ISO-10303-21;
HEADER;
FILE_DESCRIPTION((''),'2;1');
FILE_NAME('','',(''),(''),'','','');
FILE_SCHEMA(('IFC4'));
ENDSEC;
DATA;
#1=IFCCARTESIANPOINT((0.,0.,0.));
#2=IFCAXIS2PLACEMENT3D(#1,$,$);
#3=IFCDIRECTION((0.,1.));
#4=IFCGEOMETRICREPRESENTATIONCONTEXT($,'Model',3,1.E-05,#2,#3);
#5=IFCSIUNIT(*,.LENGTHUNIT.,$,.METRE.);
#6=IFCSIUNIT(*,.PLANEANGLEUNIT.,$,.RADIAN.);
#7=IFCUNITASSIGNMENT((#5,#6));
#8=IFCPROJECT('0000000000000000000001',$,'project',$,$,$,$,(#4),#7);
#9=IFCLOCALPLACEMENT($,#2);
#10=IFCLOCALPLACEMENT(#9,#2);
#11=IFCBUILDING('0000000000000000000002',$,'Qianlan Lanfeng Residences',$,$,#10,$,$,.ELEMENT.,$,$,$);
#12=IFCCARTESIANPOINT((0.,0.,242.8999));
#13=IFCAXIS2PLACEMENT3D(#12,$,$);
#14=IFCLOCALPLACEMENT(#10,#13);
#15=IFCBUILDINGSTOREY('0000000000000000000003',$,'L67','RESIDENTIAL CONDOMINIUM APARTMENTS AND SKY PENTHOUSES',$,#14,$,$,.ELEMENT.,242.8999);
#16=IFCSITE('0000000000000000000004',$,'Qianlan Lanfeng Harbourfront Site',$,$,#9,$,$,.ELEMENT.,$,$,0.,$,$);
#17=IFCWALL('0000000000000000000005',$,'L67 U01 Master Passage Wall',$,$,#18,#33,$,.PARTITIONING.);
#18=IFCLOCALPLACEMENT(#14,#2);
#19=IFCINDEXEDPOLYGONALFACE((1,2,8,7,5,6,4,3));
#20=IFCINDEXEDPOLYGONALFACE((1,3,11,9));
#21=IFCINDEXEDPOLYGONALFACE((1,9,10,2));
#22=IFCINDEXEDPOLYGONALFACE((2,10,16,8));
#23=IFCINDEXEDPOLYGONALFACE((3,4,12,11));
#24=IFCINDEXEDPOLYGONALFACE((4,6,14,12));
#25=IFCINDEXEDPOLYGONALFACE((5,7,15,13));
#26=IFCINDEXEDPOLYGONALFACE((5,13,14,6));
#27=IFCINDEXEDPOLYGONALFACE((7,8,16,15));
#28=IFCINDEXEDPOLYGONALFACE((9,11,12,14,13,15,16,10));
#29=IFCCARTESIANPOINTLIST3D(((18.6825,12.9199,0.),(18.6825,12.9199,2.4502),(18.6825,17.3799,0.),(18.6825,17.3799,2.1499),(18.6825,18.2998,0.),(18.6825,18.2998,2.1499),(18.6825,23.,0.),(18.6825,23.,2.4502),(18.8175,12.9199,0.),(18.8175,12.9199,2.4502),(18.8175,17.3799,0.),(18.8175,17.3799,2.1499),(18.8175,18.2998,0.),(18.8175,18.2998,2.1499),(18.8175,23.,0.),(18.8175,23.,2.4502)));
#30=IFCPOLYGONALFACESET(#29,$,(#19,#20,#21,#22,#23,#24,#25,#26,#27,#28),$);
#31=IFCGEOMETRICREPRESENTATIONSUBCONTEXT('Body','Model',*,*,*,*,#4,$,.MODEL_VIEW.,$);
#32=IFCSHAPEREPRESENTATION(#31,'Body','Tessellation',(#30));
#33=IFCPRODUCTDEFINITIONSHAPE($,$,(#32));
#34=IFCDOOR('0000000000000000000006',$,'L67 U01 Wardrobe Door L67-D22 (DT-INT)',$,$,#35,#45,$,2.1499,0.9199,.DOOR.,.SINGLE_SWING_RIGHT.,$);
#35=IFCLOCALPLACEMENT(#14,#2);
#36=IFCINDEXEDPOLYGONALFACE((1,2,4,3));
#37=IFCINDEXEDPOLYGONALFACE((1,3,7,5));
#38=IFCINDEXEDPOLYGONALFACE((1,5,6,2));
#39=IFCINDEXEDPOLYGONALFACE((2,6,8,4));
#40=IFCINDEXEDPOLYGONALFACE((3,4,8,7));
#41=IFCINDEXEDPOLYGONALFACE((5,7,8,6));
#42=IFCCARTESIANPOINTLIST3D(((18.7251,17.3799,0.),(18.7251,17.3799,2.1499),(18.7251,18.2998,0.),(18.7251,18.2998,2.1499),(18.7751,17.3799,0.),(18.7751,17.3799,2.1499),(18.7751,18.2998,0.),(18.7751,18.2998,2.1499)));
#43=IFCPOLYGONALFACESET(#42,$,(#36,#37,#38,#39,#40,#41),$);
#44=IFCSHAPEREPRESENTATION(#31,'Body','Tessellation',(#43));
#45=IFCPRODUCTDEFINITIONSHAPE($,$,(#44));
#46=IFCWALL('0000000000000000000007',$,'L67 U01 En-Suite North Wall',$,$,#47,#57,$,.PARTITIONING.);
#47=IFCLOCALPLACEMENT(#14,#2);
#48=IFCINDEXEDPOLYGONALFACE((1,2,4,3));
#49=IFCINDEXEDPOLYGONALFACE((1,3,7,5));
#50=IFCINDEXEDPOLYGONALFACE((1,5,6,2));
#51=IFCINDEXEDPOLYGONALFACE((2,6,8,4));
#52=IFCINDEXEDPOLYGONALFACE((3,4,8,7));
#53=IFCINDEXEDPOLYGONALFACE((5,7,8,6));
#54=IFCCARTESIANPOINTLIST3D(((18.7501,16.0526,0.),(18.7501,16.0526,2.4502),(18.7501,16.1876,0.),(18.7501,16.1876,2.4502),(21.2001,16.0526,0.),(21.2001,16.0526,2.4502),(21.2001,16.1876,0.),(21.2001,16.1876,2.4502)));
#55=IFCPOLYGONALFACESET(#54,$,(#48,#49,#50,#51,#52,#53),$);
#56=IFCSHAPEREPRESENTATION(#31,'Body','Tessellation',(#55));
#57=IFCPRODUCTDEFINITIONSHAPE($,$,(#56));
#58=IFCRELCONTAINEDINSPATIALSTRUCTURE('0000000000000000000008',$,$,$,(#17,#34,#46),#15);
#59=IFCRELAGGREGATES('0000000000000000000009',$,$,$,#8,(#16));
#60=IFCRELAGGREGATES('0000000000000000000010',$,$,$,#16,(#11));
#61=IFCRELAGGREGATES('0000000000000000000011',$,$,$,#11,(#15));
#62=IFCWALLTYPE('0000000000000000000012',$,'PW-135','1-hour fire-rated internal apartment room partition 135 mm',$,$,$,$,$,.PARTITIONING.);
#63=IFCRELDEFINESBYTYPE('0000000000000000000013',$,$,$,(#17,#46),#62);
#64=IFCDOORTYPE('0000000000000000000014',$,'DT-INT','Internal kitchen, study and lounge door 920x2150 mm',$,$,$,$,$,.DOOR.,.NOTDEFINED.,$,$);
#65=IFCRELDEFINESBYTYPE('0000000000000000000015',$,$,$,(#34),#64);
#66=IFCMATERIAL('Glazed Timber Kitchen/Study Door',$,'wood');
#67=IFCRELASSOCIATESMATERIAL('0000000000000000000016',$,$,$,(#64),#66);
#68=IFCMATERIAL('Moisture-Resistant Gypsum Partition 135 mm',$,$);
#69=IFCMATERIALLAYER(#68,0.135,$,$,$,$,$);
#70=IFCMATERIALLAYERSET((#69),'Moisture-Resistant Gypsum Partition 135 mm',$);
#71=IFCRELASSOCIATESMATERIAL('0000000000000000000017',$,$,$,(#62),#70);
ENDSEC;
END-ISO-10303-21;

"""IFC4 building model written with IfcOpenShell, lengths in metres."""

from ifc_helpers import new_model, si_unit, direction, frame, frame_2d, origin, place, context, subcontext, project, spatial, rectangle, extrude, material, layer, layer_set, type_object, element, fill, save


model = new_model("IFC4")

# Units and contexts
model_context = context("Model", 3, precision=1e-05, world=origin(), true_north=direction((0.0, 1.0)))
body_context = subcontext(model_context, "Body", "Model", "MODEL_VIEW")
ifc_project = project(units=[si_unit("LENGTHUNIT", "METRE"), si_unit("PLANEANGLEUNIT", "RADIAN")], contexts=[model_context])

# Site, building, storey
site_placement = place(None, origin())
site = spatial("IfcSite", under=ifc_project, at=site_placement, Name="Qianlan Lanfeng Harbourfront Site", CompositionType="ELEMENT", RefElevation=0.0)
building_placement = place(site_placement, origin())
building = spatial("IfcBuilding", under=site, at=building_placement, Name="Qianlan Lanfeng Residences", CompositionType="ELEMENT")
storey_placement = place(building_placement, frame((0.0, 0.0, 242.8999)))
storey = spatial("IfcBuildingStorey", under=building, at=storey_placement, Name="L67", Description="RESIDENTIAL CONDOMINIUM APARTMENTS AND SKY PENTHOUSES", CompositionType="ELEMENT", Elevation=242.8999)

# Shared definitions
ifc_material_1 = material(Name="Glazed Timber Kitchen/Study Door", Category="wood")
door_type_1 = type_object("IfcDoorType", Name="DT-INT", Description="Internal kitchen, study and lounge door 920x2150 mm", OperationType="NOTDEFINED", PredefinedType="DOOR", material=ifc_material_1)

# Shared definitions
ifc_material_2 = material(Name="Moisture-Resistant Gypsum Partition 135 mm")
ifc_layer_1 = layer(ifc_material_2, 0.135)
ifc_layer_set_1 = layer_set([ifc_layer_1], Name="Moisture-Resistant Gypsum Partition 135 mm")
wall_type_1 = type_object("IfcWallType", Name="PW-135", Description="1-hour fire-rated internal apartment room partition 135 mm", PredefinedType="PARTITIONING", material=ifc_layer_set_1)

# Wall, opening, door
wall_1_placement = place(storey_placement, frame((18.75, 12.9199, 0.0), z_axis=(0.0, 0.0, 1.0), x_axis=(0.0, 1.0, 0.0)))
wall_1 = element("IfcWall", 1, at=wall_1_placement, inside=storey, type_object=wall_type_1, Name="L67 U01 Master Passage Wall", PredefinedType="PARTITIONING", context=body_context, shape_type="SweptSolid", body=[
    extrude(rectangle(XDim=10.0801, YDim=0.135, at=frame_2d((5.04, 0.0))), origin(), (0.0, 0.0, 1.0), 2.4502),
])
opening_1_placement = place(wall_1_placement, frame((4.46, 0.0, 0.0)))
opening_1 = element("IfcOpeningElement", 2, at=opening_1_placement, cuts=wall_1, PredefinedType="OPENING", context=body_context, shape_type="SweptSolid", body=[
    extrude(rectangle(XDim=0.9199, YDim=2.1499, at=frame_2d((0.46, 1.075))), frame((0.0, 0.0776, 0.0), z_axis=(0.0, -1.0, 0.0), x_axis=(1.0, 0.0, 0.0)), (0.0, 0.0, 1.0), 0.155),
])
door_1_placement = place(opening_1_placement, origin())
door_1 = element("IfcDoor", 3, at=door_1_placement, inside=storey, type_object=door_type_1, Name="L67 U01 Wardrobe Door L67-D22 (DT-INT)", OperationType="SINGLE_SWING_RIGHT", OverallHeight=2.1499, OverallWidth=0.9199, PredefinedType="DOOR", context=body_context, shape_type="SweptSolid", body=[
    extrude(rectangle(XDim=0.9199, YDim=2.1499, at=frame_2d((0.46, 1.075))), frame((0.0, 0.0249, 0.0), z_axis=(0.0, -1.0, 0.0), x_axis=(1.0, 0.0, 0.0)), (0.0, 0.0, 1.0), 0.05),
])
fill(opening_1, door_1)

# Wall
wall_2_placement = place(storey_placement, frame((18.75, 16.1201, 0.0), z_axis=(0.0, 0.0, 1.0), x_axis=(1.0, 0.0, 0.0)))
element("IfcWall", 4, at=wall_2_placement, inside=storey, type_object=wall_type_1, Name="L67 U01 En-Suite North Wall", PredefinedType="PARTITIONING", context=body_context, shape_type="SweptSolid", body=[
    extrude(rectangle(XDim=2.45, YDim=0.135, at=frame_2d((1.2251, 0.0))), origin(), (0.0, 0.0, 1.0), 2.4502),
])

save(model, "model.ifc")
